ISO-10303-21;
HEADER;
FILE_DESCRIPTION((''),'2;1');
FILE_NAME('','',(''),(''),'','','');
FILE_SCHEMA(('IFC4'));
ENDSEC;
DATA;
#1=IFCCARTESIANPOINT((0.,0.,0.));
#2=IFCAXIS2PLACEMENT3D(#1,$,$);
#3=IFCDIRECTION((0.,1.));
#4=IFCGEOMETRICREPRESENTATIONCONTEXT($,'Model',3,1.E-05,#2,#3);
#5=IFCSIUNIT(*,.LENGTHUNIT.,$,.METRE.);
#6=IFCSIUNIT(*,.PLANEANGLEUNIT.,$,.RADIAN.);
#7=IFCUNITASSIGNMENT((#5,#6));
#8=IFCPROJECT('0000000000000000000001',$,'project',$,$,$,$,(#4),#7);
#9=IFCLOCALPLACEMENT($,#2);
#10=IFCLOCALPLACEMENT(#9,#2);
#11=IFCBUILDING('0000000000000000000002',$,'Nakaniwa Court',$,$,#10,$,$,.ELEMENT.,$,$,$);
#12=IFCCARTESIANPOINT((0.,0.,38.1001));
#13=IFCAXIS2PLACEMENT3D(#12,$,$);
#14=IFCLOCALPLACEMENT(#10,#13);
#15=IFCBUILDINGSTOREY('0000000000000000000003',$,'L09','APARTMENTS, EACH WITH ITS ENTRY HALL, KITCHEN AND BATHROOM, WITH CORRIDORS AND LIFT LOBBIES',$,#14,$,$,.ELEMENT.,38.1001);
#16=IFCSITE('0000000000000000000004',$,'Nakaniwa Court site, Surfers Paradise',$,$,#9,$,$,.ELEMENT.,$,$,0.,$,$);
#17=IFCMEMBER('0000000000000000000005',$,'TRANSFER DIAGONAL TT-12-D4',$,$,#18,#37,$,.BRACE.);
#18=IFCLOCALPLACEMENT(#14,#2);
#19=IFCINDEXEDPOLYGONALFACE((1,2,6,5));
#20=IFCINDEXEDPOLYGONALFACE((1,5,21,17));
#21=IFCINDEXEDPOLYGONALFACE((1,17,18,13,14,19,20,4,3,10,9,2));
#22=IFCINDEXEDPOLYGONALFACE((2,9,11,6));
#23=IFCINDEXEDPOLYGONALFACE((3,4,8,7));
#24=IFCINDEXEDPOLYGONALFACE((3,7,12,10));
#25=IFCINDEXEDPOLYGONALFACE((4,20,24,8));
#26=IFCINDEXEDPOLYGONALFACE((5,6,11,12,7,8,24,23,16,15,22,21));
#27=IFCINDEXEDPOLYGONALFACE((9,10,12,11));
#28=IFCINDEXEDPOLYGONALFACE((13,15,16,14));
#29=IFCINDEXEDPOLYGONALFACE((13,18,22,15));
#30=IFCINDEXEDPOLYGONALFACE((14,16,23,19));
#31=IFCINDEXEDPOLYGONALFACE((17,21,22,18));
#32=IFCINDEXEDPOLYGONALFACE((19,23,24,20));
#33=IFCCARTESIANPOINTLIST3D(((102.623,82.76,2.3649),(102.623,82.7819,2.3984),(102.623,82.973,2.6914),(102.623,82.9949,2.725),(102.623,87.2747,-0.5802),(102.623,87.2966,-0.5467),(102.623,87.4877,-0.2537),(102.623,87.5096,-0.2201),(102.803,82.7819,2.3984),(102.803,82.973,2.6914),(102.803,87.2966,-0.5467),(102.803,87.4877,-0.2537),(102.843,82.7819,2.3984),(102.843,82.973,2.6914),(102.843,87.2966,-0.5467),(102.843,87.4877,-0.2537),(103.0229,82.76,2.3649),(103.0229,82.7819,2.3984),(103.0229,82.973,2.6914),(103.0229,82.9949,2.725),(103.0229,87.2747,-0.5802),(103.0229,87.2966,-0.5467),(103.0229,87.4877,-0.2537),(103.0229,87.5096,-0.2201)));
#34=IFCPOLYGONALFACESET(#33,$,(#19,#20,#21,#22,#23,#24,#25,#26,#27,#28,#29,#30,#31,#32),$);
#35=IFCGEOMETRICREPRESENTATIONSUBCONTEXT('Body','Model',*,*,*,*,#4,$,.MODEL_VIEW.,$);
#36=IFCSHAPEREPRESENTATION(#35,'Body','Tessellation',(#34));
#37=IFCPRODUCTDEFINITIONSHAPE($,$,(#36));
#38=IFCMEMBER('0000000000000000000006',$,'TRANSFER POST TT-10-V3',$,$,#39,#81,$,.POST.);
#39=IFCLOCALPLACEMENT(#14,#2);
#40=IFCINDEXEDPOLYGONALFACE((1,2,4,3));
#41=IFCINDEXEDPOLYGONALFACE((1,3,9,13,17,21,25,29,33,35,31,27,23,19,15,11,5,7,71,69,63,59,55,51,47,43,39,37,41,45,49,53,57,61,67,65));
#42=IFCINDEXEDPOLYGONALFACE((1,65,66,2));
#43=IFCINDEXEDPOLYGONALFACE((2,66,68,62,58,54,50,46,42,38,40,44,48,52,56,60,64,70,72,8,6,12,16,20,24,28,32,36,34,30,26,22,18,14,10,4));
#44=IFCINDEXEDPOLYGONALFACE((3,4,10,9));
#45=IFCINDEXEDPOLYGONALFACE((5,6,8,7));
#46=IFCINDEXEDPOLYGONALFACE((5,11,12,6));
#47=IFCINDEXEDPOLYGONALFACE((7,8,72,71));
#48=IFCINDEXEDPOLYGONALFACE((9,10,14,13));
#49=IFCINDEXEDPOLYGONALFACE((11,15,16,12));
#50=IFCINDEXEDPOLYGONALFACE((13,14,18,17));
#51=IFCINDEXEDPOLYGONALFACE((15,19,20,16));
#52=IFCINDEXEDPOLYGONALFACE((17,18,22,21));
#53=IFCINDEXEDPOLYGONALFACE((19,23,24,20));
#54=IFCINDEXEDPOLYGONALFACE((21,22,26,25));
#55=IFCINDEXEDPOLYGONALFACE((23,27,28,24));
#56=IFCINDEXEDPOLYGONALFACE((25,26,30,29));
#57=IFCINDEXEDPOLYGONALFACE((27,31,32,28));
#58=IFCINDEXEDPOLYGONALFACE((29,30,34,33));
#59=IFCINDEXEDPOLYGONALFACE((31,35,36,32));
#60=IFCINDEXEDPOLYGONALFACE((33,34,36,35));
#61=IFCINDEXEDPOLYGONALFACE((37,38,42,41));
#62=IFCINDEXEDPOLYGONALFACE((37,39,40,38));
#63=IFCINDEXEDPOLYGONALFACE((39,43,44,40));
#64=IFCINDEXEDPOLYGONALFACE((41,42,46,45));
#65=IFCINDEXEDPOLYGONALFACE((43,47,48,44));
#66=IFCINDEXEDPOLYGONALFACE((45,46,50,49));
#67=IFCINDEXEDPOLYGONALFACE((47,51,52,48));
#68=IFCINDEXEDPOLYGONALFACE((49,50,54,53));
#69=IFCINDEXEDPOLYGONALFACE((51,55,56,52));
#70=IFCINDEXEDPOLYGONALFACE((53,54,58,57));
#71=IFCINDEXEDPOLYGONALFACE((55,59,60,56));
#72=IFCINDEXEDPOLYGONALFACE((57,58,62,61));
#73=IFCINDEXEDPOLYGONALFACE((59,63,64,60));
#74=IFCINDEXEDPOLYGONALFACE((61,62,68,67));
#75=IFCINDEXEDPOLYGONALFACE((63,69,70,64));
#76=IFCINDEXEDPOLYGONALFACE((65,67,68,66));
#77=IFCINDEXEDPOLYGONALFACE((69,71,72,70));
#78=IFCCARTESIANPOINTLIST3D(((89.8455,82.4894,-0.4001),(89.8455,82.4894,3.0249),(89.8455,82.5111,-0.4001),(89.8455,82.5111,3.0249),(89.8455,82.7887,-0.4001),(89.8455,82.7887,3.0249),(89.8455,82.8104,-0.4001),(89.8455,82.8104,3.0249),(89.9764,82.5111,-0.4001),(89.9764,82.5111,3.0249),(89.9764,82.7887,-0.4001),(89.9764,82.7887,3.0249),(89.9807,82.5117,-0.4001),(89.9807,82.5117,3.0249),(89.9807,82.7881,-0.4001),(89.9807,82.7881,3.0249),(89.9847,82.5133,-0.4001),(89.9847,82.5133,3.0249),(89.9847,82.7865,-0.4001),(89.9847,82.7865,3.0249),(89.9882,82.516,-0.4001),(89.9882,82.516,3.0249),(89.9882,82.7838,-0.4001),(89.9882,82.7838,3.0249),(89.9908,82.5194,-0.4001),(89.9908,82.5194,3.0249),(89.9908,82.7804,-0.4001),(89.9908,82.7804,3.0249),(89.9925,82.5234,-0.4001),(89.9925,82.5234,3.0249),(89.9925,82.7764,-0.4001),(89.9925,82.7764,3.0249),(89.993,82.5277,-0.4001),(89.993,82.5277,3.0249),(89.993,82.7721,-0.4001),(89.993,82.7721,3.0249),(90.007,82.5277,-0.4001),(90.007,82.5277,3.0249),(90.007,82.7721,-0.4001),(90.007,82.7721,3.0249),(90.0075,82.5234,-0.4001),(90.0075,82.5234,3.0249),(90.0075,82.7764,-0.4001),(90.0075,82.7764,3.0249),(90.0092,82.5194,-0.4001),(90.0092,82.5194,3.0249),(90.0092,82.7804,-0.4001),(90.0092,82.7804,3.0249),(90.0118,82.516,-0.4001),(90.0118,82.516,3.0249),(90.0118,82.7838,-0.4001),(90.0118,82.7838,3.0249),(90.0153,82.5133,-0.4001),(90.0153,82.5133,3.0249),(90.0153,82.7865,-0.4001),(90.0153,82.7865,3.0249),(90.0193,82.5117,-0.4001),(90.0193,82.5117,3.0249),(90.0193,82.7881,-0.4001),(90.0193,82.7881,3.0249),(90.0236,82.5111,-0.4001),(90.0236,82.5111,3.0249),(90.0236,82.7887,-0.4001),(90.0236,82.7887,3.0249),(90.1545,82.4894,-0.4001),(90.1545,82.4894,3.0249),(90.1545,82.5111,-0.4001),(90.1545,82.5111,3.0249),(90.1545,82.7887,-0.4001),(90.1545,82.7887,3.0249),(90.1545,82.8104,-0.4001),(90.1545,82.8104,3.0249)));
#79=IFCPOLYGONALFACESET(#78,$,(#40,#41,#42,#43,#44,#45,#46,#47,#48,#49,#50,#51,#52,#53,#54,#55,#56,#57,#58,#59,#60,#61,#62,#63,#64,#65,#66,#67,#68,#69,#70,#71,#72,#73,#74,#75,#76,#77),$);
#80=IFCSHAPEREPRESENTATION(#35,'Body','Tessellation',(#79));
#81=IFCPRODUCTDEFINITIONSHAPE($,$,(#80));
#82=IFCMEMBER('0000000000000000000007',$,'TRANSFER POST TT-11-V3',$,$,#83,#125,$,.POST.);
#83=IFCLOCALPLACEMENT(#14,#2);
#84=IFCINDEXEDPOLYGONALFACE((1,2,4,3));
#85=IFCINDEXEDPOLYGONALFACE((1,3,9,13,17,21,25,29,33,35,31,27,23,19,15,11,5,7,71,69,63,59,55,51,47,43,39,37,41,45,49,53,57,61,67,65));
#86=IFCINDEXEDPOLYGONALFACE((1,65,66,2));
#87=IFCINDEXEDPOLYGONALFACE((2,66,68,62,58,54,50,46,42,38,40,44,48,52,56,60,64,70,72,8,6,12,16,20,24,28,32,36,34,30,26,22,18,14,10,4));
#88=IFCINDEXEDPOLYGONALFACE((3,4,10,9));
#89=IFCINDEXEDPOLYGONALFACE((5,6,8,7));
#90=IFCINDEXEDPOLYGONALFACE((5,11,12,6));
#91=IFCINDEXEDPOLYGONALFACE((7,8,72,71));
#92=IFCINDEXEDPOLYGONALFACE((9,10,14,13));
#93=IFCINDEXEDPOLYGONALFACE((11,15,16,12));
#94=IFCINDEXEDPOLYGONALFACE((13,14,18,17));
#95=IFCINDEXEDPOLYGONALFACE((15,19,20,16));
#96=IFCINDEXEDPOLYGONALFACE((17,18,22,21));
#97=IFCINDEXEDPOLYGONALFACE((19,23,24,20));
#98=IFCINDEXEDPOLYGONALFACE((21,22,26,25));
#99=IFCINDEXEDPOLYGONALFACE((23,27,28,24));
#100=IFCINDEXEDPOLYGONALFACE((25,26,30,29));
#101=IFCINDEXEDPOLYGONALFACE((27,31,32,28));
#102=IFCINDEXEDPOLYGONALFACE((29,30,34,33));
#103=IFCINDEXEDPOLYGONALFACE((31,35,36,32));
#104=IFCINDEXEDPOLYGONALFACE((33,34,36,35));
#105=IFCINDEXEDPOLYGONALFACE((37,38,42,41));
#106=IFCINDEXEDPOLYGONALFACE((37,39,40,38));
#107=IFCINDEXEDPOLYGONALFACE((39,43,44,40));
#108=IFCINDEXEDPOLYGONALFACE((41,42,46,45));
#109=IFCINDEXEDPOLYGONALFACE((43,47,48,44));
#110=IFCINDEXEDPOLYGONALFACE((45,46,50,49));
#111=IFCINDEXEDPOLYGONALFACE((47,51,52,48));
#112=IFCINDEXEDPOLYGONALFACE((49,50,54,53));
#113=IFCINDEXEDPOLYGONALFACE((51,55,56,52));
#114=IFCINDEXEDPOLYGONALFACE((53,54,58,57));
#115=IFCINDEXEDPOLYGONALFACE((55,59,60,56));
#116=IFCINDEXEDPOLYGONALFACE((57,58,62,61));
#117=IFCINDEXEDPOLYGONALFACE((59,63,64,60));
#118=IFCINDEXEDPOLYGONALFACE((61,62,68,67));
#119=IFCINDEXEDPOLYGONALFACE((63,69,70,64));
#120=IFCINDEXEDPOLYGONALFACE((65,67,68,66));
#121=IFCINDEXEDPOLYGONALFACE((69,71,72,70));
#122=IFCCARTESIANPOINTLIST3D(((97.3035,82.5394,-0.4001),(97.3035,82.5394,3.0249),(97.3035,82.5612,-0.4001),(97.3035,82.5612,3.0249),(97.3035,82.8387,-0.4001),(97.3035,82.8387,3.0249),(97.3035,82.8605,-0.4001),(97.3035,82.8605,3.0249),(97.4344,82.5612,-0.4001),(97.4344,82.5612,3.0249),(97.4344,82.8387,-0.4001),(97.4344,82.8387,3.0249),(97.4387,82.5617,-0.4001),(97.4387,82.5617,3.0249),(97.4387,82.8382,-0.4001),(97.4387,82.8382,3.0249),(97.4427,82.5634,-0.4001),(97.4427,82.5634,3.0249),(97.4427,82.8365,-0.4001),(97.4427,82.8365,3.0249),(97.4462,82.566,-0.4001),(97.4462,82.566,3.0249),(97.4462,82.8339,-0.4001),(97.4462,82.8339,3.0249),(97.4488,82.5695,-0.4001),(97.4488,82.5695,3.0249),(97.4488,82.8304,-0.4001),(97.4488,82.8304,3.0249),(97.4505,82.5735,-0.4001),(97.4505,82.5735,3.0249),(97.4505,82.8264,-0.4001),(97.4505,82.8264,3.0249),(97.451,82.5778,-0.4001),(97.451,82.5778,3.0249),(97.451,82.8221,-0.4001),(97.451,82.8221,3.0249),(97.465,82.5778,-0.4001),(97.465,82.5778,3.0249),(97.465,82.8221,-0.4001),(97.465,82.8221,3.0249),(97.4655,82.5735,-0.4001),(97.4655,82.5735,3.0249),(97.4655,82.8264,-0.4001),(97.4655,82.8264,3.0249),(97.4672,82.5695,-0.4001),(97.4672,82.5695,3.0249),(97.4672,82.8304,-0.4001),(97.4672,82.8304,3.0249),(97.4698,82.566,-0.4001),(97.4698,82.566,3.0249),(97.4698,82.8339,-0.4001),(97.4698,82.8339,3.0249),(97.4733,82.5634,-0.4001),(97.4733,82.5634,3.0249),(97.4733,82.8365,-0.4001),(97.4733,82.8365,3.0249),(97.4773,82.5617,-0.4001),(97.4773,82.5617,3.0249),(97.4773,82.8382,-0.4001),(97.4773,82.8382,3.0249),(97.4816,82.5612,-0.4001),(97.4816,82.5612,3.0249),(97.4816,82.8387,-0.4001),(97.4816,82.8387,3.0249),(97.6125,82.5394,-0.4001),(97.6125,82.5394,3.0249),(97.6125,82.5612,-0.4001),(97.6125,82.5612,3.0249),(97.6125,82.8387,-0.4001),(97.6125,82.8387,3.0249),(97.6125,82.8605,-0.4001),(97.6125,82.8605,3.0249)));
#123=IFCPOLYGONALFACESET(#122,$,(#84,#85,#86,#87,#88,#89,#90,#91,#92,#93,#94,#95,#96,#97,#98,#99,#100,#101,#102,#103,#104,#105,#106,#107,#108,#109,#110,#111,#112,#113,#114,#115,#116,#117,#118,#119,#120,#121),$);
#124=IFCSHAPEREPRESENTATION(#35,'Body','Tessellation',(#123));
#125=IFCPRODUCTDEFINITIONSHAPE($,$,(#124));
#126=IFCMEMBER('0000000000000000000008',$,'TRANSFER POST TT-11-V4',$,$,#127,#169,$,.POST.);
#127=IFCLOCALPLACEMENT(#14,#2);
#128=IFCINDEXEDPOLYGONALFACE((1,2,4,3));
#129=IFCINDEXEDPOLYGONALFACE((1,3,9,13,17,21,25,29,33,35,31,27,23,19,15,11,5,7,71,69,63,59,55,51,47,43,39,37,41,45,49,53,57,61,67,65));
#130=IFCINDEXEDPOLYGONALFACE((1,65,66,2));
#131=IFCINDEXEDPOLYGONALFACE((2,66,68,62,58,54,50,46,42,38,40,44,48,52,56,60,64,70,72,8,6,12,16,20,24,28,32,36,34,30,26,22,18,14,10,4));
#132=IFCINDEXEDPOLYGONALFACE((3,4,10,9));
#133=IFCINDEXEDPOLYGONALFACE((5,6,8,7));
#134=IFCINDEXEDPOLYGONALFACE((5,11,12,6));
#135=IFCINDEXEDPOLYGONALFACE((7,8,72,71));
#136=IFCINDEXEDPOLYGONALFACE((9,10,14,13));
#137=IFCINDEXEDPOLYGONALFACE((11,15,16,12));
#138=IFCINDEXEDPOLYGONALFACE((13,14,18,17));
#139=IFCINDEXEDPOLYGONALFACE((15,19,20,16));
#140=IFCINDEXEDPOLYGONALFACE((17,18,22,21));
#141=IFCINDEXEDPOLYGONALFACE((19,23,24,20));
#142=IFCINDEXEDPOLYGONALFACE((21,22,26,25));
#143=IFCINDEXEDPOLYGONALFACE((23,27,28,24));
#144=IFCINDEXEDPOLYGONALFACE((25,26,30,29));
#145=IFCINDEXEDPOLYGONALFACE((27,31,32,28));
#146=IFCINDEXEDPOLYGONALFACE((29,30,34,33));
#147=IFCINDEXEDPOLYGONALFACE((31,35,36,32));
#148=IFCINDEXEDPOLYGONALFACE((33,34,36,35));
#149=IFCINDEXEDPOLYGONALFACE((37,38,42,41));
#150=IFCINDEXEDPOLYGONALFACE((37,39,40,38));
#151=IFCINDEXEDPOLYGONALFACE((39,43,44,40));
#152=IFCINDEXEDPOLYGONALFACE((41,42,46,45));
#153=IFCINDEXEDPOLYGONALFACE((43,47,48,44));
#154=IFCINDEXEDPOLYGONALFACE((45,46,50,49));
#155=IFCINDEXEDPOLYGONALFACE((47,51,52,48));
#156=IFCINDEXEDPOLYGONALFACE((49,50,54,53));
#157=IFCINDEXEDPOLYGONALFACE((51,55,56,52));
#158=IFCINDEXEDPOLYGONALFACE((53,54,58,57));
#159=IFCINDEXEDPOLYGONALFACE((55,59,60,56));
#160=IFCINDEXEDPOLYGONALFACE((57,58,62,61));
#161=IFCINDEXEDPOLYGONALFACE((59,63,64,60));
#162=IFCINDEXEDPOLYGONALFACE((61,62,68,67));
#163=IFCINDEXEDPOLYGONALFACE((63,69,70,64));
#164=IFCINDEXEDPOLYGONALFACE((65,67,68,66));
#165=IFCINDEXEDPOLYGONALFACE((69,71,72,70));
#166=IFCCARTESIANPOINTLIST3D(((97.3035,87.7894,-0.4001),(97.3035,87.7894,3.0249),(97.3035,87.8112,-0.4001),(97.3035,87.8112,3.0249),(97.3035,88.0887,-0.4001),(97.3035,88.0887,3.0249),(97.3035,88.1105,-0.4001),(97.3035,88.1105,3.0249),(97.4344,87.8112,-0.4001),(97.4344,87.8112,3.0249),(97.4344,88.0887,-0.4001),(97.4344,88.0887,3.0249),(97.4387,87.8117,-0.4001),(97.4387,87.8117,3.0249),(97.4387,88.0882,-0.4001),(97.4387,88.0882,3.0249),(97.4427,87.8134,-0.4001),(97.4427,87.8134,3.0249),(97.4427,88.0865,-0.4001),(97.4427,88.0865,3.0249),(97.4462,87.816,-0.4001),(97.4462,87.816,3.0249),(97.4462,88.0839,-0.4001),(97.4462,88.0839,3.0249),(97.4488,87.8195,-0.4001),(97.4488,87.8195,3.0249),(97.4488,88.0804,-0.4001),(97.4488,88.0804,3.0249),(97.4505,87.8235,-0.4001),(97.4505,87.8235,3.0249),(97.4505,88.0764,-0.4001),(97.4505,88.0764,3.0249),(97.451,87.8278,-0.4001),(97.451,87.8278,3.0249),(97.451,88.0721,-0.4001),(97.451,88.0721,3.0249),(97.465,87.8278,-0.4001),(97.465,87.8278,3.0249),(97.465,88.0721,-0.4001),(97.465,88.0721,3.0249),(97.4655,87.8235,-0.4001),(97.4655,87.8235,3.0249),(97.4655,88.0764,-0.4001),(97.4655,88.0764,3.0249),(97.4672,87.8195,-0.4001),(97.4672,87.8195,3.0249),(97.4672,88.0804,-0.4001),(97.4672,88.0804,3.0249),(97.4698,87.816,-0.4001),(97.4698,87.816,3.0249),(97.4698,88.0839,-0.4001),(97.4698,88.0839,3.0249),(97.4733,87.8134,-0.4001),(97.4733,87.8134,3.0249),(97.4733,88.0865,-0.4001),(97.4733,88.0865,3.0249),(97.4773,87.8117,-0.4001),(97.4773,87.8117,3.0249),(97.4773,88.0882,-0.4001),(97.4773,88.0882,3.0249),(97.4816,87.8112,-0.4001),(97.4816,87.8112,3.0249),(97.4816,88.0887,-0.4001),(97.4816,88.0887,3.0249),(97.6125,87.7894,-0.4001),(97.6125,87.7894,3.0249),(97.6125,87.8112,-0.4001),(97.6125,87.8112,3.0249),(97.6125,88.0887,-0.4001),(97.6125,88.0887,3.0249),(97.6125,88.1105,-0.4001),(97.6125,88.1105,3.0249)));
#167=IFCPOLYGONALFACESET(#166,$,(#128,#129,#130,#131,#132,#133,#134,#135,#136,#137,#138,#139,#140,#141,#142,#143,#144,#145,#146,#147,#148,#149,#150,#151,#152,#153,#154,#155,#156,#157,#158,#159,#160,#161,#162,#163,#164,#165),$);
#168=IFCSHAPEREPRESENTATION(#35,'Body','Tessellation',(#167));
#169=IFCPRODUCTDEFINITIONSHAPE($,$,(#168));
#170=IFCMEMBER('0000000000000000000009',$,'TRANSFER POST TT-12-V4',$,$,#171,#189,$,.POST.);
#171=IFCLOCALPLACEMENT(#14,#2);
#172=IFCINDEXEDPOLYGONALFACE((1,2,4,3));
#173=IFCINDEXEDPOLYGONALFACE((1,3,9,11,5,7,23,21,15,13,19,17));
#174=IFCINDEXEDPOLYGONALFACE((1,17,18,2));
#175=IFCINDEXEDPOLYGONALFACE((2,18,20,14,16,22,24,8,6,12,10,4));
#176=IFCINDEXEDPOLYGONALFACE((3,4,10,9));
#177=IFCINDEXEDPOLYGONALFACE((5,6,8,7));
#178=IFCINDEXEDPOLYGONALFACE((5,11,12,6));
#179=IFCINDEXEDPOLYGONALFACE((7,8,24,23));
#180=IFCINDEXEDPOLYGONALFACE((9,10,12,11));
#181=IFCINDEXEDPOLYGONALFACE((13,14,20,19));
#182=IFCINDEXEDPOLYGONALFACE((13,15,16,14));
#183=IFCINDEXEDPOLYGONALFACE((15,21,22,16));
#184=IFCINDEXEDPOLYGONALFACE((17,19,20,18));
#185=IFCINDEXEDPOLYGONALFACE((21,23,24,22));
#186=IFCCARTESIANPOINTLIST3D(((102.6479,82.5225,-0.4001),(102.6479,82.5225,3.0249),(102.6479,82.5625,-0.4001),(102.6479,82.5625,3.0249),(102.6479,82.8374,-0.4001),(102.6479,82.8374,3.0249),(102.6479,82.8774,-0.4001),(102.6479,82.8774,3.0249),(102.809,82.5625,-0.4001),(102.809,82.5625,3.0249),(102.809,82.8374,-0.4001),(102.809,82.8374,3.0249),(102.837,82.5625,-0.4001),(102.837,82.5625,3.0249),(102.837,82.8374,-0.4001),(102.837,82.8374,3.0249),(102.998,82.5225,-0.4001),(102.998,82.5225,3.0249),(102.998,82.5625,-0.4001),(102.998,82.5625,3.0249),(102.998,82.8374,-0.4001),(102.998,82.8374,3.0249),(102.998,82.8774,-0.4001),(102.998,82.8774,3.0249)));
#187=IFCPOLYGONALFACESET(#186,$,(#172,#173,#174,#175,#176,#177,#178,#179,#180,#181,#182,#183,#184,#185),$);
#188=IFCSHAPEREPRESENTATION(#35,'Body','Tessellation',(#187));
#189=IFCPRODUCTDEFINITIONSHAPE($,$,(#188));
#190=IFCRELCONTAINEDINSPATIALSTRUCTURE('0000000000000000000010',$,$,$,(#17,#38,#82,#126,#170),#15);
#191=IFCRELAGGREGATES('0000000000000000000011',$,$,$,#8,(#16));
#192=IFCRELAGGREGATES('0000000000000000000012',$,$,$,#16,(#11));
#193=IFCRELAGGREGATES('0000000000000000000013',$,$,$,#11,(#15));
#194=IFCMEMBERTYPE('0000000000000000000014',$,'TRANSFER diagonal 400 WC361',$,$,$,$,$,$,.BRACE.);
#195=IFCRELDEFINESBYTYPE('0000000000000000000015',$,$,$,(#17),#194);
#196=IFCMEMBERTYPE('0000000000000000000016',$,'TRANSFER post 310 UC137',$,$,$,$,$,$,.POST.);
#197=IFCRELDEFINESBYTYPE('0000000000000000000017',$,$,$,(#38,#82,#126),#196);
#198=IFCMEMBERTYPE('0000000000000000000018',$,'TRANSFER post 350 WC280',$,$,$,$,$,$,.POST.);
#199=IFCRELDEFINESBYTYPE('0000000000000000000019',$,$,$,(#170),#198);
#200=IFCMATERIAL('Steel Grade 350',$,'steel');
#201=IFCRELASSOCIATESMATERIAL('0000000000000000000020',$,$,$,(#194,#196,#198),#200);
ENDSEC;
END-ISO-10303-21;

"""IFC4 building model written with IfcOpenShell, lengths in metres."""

from ifc_helpers import new_model, si_unit, direction, frame, origin, origin_2d, place, context, subcontext, project, spatial, i_section, extrude, material, material_profile, profile_set, type_object, element, save


model = new_model("IFC4")

# Units and contexts
model_context = context("Model", 3, precision=1e-05, world=origin(), true_north=direction((0.0, 1.0)))
body_context = subcontext(model_context, "Body", "Model", "MODEL_VIEW")
ifc_project = project(units=[si_unit("LENGTHUNIT", "METRE"), si_unit("PLANEANGLEUNIT", "RADIAN")], contexts=[model_context])

# Site, building, storey
site_placement = place(None, origin())
site = spatial("IfcSite", under=ifc_project, at=site_placement, Name="Nakaniwa Court site, Surfers Paradise", CompositionType="ELEMENT", RefElevation=0.0)
building_placement = place(site_placement, origin())
building = spatial("IfcBuilding", under=site, at=building_placement, Name="Nakaniwa Court", CompositionType="ELEMENT")
storey_placement = place(building_placement, frame((0.0, 0.0, 38.1001)))
storey = spatial("IfcBuildingStorey", under=building, at=storey_placement, Name="L09", Description="APARTMENTS, EACH WITH ITS ENTRY HALL, KITCHEN AND BATHROOM, WITH CORRIDORS AND LIFT LOBBIES", CompositionType="ELEMENT", Elevation=38.1001)

# Members
ifc_material_1 = material(Name="Steel Grade 350", Category="steel")
ifc_material_profile_1 = material_profile(ifc_material_1, i_section(OverallWidth=0.3999, OverallDepth=0.4299, WebThickness=0.04, FlangeThickness=0.04, at=origin_2d()), Name="400WC361")
ifc_profile_set_1 = profile_set([ifc_material_profile_1], Name="Steel Grade 350")
member_type_1 = type_object("IfcMemberType", Name="TRANSFER diagonal 400 WC361", PredefinedType="BRACE", material=ifc_profile_set_1)
member_1_placement = place(storey_placement, frame((102.823, 82.8774, 2.5449), z_axis=(0.0, 0.837548, -0.546363), x_axis=(-1.0, 0.0, 0.0)))
element("IfcMember", 1, at=member_1_placement, inside=storey, type_object=member_type_1, Name="TRANSFER DIAGONAL TT-12-D4", PredefinedType="BRACE", context=body_context, shape_type="SweptSolid", body=[
    extrude(i_section(OverallWidth=0.3999, OverallDepth=0.4299, WebThickness=0.04, FlangeThickness=0.04, at=origin_2d()), origin(), (0.0, 0.0, 1.0), 5.3904),
])
ifc_material_profile_2 = material_profile(ifc_material_1, i_section(OverallWidth=0.3091, OverallDepth=0.321, WebThickness=0.0139, FlangeThickness=0.0217, FilletRadius=0.0166, at=origin_2d()), Name="310UC137")
ifc_profile_set_2 = profile_set([ifc_material_profile_2], Name="Steel Grade 350")
member_type_2 = type_object("IfcMemberType", Name="TRANSFER post 310 UC137", PredefinedType="POST", material=ifc_profile_set_2)
for number, where, z_axis, x_axis, name in (
    (2, (90.0, 82.6499, -0.4001), (0.0, 0.0, 1.0), (1.0, 0.0, 0.0), "TRANSFER POST TT-10-V3"),
    (3, (97.458, 82.7, -0.4001), (0.0, 0.0, 1.0), (1.0, 0.0, 0.0), "TRANSFER POST TT-11-V3"),
    (4, (97.458, 87.95, -0.4001), (0.0, 0.0, 1.0), (1.0, 0.0, 0.0), "TRANSFER POST TT-11-V4"),
):
    element("IfcMember", number, at=place(storey_placement, frame(where, z_axis=z_axis, x_axis=x_axis)), inside=storey, type_object=member_type_2, Name=name, PredefinedType="POST", context=body_context, shape_type="SweptSolid", body=[
        extrude(i_section(OverallWidth=0.3091, OverallDepth=0.321, WebThickness=0.0139, FlangeThickness=0.0217, FilletRadius=0.0166, at=origin_2d()), origin(), (0.0, 0.0, 1.0), 3.425),
    ])
ifc_material_profile_3 = material_profile(ifc_material_1, i_section(OverallWidth=0.3501, OverallDepth=0.355, WebThickness=0.0281, FlangeThickness=0.04, at=origin_2d()), Name="350WC280")
ifc_profile_set_3 = profile_set([ifc_material_profile_3], Name="Steel Grade 350")
member_type_3 = type_object("IfcMemberType", Name="TRANSFER post 350 WC280", PredefinedType="POST", material=ifc_profile_set_3)
for number, where, z_axis, x_axis, name in (
    (5, (102.823, 82.7, -0.4001), (0.0, 0.0, 1.0), (1.0, 0.0, 0.0), "TRANSFER POST TT-12-V4"),
):
    element("IfcMember", number, at=place(storey_placement, frame(where, z_axis=z_axis, x_axis=x_axis)), inside=storey, type_object=member_type_3, Name=name, PredefinedType="POST", context=body_context, shape_type="SweptSolid", body=[
        extrude(i_section(OverallWidth=0.3501, OverallDepth=0.355, WebThickness=0.0281, FlangeThickness=0.04, at=origin_2d()), origin(), (0.0, 0.0, 1.0), 3.425),
    ])

save(model, "model.ifc")
